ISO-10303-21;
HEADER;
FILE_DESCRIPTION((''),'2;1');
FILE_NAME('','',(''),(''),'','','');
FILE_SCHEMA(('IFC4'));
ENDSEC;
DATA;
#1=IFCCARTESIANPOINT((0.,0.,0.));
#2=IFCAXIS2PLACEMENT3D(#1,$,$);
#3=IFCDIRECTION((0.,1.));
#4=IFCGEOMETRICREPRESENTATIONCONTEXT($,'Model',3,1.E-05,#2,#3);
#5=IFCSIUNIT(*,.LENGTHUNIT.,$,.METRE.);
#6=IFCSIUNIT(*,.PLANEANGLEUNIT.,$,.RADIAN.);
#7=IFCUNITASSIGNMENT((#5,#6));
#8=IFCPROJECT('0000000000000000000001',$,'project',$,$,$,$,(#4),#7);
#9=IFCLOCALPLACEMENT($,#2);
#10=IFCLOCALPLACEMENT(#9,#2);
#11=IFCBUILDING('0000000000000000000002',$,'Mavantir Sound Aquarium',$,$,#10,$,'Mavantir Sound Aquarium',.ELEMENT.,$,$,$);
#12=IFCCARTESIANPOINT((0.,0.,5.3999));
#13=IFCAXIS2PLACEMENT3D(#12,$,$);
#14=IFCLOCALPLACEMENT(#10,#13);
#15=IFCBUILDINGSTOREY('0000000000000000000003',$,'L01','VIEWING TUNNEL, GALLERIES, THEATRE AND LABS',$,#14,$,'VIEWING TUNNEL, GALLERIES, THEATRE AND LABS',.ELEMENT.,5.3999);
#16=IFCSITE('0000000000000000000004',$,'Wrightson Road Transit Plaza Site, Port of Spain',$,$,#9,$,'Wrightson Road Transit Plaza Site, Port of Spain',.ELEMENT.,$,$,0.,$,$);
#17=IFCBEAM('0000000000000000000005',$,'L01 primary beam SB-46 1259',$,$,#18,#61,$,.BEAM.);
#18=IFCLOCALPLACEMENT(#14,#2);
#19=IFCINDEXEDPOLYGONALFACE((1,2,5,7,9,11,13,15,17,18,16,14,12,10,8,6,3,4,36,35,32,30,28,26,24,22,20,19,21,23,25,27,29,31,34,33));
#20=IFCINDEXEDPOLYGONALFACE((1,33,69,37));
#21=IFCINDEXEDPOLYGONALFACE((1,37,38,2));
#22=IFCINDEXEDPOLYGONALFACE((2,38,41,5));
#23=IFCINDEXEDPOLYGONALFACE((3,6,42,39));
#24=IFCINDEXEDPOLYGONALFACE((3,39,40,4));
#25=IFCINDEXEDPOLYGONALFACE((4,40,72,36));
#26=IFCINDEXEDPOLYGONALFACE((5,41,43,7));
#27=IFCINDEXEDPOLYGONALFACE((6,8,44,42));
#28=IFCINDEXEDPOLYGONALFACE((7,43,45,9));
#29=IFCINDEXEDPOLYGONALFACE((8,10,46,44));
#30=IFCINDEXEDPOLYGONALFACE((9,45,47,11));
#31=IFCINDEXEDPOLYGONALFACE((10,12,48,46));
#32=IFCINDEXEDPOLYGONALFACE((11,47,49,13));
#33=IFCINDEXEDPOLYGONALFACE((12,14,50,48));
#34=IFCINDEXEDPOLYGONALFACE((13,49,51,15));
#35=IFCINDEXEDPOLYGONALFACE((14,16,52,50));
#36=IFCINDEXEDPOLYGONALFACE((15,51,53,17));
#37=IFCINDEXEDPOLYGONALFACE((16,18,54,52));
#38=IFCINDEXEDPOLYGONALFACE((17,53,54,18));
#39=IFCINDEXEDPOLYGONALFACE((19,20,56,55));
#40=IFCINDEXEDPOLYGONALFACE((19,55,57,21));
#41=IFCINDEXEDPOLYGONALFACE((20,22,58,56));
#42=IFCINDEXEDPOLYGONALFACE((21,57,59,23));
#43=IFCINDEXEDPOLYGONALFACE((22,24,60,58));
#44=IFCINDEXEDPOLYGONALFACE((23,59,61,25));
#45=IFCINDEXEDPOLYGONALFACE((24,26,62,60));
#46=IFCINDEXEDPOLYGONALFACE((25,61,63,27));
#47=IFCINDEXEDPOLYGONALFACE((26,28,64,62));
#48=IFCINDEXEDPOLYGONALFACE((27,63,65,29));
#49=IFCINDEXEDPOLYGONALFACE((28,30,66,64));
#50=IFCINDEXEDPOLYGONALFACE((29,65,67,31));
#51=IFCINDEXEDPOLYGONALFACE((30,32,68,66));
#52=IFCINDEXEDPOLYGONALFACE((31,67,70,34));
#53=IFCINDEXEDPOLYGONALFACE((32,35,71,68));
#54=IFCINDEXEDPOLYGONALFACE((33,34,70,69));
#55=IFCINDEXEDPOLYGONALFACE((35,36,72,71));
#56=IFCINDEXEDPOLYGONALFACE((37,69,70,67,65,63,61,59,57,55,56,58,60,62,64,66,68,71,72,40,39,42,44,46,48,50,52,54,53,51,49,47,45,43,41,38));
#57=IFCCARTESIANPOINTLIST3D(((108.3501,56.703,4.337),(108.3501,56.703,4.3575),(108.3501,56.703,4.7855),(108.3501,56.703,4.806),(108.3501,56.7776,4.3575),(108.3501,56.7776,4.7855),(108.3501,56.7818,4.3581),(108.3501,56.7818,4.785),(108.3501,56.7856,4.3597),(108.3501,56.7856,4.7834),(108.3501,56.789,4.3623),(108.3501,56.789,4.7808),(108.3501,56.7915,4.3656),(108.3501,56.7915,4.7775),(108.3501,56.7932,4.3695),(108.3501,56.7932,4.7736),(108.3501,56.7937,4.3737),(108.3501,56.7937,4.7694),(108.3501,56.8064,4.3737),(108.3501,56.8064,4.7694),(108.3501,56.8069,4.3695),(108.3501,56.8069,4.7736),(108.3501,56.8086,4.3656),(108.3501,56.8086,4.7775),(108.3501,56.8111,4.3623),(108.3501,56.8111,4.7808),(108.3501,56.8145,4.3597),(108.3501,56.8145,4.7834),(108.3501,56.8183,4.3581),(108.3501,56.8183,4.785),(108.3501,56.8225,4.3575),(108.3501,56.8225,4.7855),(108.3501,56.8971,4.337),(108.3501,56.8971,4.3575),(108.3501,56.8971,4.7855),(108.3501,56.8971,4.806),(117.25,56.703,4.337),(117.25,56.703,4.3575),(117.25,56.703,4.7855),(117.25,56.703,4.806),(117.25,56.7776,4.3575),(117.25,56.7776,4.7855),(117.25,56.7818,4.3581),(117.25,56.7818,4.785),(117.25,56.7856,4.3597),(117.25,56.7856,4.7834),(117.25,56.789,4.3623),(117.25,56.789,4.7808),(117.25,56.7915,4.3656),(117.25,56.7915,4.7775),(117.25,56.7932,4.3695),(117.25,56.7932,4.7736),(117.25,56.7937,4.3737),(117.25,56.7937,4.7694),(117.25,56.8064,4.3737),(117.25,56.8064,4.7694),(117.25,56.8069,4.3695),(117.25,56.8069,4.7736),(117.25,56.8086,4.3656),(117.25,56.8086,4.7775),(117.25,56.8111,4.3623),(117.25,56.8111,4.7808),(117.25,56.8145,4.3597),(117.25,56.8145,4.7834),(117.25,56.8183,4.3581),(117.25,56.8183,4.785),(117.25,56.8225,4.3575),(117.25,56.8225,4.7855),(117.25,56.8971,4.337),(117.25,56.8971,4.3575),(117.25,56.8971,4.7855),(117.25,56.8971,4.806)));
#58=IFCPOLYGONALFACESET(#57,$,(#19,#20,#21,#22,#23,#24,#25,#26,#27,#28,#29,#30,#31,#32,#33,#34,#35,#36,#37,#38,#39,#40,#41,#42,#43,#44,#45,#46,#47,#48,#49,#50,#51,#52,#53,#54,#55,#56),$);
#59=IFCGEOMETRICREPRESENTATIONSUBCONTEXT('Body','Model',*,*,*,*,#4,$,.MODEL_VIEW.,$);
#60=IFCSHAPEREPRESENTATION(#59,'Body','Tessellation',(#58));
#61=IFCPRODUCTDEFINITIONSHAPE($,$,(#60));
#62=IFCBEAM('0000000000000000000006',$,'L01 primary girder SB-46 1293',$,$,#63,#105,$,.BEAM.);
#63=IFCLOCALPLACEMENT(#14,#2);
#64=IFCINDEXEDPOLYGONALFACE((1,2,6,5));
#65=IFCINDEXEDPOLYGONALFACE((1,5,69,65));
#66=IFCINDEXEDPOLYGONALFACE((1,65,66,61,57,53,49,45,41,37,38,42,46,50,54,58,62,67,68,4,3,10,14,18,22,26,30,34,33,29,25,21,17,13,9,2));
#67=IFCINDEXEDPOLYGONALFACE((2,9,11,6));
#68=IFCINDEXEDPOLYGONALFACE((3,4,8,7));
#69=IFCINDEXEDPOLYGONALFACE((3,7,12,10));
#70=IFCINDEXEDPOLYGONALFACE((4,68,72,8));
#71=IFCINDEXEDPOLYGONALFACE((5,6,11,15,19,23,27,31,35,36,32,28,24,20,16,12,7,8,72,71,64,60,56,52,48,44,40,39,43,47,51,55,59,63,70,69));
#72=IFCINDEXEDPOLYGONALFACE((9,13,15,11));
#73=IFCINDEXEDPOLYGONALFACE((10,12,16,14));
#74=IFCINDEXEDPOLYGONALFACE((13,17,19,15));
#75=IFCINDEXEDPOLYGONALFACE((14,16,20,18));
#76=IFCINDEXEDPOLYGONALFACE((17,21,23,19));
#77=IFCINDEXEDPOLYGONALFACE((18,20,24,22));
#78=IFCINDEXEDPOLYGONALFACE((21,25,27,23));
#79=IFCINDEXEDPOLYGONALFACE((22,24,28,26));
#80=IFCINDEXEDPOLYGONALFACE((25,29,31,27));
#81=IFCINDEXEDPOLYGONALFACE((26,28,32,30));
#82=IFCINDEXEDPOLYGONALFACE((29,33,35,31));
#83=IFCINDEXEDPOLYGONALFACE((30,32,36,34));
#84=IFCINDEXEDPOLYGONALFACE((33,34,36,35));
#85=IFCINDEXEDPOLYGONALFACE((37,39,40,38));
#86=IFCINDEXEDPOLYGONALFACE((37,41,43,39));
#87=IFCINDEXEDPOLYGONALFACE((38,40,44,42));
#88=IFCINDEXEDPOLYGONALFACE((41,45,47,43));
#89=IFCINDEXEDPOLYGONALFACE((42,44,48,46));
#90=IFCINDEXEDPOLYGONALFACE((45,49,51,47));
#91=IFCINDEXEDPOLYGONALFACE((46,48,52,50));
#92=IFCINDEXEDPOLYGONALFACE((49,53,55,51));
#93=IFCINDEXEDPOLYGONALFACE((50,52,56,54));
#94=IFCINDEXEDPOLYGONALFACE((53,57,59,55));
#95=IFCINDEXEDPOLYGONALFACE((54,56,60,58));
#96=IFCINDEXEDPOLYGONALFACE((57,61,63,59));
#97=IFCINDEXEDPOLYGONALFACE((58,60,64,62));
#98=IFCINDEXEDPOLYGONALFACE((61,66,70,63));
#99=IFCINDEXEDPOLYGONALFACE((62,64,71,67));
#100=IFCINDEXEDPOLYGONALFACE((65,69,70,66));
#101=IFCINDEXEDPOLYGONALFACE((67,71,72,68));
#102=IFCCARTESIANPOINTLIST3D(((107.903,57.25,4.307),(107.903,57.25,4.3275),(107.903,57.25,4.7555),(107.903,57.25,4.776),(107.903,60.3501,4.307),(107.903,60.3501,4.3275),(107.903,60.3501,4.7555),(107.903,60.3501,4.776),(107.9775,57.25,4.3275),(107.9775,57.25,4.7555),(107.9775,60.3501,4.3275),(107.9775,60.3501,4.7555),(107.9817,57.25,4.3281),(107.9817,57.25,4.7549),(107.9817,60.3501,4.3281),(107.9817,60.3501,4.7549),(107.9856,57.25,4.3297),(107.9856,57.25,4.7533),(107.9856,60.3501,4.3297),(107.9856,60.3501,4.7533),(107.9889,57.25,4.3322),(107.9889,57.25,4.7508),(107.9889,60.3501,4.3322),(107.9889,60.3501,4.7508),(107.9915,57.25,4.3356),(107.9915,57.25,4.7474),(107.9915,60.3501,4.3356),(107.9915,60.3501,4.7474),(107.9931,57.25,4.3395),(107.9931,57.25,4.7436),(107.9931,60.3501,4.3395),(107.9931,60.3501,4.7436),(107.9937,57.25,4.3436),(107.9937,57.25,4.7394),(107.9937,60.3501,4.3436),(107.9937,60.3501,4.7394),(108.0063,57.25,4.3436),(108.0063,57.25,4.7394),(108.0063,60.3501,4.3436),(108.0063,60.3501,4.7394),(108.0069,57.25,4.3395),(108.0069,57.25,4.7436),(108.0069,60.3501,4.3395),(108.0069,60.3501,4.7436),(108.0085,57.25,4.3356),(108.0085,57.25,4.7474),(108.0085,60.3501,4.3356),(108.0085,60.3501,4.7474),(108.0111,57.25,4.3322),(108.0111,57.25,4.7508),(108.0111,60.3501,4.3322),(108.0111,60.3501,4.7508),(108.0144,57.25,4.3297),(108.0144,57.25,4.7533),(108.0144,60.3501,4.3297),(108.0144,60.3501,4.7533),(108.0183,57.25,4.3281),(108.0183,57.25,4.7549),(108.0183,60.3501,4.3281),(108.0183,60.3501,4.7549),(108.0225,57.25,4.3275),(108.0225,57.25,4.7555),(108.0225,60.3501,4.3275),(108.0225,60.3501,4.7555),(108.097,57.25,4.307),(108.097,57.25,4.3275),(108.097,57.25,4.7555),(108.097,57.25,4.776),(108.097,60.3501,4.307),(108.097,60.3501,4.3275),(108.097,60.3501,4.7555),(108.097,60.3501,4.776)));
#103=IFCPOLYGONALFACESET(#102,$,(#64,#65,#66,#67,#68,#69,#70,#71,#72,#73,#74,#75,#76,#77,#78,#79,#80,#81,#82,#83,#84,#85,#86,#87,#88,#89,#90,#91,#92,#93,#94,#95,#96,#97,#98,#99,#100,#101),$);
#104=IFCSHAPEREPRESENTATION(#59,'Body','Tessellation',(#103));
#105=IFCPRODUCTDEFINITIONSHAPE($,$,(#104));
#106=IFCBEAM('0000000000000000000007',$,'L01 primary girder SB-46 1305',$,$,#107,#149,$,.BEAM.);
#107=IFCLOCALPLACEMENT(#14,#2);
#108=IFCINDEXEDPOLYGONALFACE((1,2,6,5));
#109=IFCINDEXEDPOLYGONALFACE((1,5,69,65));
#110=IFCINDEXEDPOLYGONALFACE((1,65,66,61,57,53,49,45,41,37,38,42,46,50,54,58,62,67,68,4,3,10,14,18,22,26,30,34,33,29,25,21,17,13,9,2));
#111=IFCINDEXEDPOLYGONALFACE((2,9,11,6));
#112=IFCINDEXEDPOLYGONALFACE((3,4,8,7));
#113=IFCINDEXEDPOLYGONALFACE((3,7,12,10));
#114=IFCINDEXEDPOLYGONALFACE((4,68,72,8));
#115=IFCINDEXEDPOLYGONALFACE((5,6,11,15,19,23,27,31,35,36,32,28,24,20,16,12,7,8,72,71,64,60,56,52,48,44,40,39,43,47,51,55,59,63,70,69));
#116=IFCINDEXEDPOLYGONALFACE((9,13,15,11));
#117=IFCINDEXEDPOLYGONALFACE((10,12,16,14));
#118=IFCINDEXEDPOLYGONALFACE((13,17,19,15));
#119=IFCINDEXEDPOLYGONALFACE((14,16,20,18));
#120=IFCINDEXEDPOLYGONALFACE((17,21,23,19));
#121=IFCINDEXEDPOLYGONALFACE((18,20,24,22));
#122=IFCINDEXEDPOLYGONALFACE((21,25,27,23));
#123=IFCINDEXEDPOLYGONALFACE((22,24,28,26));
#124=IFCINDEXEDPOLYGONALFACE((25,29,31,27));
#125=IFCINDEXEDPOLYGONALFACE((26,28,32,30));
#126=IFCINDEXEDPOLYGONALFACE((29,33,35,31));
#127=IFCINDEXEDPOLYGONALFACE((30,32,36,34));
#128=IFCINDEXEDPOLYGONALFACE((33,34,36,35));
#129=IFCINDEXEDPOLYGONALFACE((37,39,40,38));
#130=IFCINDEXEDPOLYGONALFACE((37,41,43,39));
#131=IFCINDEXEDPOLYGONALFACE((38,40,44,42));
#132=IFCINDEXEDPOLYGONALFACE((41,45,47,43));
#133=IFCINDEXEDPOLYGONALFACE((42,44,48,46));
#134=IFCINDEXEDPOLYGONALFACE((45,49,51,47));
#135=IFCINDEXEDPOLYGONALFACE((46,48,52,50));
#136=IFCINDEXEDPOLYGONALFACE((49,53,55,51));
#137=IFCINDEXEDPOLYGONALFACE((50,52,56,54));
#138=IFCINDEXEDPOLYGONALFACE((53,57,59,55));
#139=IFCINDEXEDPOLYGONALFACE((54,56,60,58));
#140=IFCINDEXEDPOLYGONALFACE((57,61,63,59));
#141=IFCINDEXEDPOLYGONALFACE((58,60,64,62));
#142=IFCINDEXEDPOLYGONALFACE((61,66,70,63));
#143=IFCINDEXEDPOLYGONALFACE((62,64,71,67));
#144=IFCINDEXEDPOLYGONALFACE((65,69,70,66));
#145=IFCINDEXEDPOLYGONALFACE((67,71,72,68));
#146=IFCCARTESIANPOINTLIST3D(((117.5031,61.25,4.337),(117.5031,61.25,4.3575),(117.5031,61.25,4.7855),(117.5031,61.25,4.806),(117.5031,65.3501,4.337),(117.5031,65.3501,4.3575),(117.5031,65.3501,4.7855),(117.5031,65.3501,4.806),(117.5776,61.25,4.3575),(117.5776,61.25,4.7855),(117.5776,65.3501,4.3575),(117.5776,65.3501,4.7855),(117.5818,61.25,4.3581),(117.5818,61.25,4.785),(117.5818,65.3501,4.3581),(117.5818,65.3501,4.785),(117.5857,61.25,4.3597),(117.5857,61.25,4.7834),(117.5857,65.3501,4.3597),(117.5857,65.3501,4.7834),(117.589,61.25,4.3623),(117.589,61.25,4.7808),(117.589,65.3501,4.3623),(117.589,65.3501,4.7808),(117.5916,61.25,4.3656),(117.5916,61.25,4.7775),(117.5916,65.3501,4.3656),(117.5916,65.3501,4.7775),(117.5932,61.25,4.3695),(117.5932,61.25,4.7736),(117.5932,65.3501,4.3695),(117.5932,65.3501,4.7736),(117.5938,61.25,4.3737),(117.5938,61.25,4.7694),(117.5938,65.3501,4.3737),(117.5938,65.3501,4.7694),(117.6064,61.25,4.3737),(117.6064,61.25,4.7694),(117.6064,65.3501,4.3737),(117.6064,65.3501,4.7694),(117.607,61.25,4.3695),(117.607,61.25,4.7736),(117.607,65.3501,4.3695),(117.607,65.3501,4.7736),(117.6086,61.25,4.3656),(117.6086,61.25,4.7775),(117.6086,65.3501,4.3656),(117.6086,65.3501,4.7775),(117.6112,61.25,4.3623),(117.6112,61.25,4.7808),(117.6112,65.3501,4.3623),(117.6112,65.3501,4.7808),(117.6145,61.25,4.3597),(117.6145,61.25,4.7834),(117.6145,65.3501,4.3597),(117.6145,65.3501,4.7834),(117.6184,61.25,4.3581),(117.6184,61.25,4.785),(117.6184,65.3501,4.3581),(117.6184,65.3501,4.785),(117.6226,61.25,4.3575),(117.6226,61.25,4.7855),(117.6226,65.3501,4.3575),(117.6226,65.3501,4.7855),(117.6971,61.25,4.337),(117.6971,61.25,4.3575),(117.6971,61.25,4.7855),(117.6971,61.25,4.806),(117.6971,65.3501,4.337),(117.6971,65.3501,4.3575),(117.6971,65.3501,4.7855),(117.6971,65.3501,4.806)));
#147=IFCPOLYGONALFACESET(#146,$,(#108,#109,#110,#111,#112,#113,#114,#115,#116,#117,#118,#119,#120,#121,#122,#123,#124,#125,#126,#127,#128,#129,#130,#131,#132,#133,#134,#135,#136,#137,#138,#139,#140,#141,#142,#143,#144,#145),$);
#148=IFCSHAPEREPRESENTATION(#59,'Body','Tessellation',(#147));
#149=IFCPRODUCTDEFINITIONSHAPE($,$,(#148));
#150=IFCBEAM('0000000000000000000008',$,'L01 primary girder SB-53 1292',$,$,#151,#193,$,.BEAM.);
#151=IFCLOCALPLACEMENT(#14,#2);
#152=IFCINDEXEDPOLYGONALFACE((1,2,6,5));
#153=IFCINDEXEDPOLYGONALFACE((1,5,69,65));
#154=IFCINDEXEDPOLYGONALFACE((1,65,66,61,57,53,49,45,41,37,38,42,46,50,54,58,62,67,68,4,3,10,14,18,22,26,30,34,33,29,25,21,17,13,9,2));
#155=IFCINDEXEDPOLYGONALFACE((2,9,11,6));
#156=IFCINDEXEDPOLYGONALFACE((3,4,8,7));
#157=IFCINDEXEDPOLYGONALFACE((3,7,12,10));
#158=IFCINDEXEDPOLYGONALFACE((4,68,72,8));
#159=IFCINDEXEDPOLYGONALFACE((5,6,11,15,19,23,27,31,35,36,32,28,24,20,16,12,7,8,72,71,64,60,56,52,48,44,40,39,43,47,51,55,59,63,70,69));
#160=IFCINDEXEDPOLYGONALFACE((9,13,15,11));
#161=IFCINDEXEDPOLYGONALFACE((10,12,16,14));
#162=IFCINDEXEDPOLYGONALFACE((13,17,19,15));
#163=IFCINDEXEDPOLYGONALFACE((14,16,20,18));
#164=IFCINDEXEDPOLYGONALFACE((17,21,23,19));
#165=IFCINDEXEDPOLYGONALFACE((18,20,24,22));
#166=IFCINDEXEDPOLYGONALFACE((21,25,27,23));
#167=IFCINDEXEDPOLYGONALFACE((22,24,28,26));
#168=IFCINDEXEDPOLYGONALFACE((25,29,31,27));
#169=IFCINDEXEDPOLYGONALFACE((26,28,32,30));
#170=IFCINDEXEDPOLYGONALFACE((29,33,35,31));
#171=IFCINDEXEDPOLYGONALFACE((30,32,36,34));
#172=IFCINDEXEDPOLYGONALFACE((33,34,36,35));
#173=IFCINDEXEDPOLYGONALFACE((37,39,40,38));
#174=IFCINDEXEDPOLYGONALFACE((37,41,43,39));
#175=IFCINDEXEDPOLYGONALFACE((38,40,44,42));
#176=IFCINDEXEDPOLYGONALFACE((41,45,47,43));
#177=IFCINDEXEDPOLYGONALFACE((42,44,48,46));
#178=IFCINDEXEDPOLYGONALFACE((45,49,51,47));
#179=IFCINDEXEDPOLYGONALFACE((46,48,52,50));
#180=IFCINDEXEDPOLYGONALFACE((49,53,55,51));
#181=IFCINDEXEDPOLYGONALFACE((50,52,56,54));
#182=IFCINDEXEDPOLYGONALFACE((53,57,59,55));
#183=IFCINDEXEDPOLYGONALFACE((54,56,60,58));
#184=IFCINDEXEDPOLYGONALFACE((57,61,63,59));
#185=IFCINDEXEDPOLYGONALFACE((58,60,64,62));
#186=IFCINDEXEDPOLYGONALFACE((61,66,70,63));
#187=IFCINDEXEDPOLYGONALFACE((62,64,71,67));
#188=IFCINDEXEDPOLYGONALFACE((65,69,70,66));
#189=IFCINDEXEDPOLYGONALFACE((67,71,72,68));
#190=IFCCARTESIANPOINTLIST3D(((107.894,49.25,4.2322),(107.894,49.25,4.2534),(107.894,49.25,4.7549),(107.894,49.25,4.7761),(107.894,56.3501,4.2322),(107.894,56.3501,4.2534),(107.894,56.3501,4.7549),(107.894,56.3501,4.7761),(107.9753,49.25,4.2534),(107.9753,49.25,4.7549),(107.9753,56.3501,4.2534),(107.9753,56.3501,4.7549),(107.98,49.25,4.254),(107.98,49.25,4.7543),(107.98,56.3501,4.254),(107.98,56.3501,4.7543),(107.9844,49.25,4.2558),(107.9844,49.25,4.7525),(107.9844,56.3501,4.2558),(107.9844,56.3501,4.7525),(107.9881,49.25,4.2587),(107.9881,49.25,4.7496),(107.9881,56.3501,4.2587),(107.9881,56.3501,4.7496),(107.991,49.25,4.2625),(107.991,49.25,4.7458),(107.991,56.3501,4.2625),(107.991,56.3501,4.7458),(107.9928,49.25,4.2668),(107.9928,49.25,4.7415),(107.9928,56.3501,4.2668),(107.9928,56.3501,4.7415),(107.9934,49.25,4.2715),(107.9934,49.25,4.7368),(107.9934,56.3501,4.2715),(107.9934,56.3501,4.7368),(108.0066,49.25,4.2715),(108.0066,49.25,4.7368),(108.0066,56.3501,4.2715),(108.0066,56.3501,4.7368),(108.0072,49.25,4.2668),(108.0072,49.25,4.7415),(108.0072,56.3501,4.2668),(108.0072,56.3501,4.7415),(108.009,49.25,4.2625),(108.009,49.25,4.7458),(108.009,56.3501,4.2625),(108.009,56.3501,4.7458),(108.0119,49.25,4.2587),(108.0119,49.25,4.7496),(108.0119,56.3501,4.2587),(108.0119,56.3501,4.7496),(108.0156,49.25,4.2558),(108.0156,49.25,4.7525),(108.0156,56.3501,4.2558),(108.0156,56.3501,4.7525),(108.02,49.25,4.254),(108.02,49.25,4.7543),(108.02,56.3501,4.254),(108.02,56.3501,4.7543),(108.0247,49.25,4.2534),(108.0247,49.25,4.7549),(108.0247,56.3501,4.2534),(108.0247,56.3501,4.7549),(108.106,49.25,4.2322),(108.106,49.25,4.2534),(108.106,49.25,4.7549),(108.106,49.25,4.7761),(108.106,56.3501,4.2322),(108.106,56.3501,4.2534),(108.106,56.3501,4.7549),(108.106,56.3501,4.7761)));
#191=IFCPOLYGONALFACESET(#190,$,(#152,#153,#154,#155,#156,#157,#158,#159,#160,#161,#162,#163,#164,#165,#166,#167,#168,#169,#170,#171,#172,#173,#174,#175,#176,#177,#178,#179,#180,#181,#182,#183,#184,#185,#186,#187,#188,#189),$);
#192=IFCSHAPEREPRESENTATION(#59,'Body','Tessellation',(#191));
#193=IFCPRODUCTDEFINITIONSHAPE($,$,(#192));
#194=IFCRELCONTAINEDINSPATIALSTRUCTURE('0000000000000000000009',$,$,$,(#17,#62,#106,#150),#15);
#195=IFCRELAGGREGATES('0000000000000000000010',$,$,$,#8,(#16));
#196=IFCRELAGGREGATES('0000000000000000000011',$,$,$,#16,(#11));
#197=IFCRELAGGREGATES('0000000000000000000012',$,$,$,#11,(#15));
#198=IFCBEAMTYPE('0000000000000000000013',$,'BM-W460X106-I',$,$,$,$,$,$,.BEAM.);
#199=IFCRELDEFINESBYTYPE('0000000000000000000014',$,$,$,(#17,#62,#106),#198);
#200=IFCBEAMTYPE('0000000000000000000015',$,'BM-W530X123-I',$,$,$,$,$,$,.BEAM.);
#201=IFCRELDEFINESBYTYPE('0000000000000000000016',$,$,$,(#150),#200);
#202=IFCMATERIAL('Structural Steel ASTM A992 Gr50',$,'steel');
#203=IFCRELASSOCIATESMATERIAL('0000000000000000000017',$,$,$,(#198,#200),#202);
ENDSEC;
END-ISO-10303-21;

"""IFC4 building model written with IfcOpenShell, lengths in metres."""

from ifc_helpers import new_model, si_unit, direction, frame, origin, origin_2d, place, context, subcontext, project, spatial, i_section, extrude, material, material_profile, profile_set, type_object, element, save


model = new_model("IFC4")

# Units and contexts
model_context = context("Model", 3, precision=1e-05, world=origin(), true_north=direction((0.0, 1.0)))
body_context = subcontext(model_context, "Body", "Model", "MODEL_VIEW")
ifc_project = project(units=[si_unit("LENGTHUNIT", "METRE"), si_unit("PLANEANGLEUNIT", "RADIAN")], contexts=[model_context])

# Site, building, storey
site_placement = place(None, origin())
site = spatial("IfcSite", under=ifc_project, at=site_placement, Name="Wrightson Road Transit Plaza Site, Port of Spain", LongName="Wrightson Road Transit Plaza Site, Port of Spain", CompositionType="ELEMENT", RefElevation=0.0)
building_placement = place(site_placement, origin())
building = spatial("IfcBuilding", under=site, at=building_placement, Name="Mavantir Sound Aquarium", LongName="Mavantir Sound Aquarium", CompositionType="ELEMENT")
storey_placement = place(building_placement, frame((0.0, 0.0, 5.3999)))
storey = spatial("IfcBuildingStorey", under=building, at=storey_placement, Name="L01", Description="VIEWING TUNNEL, GALLERIES, THEATRE AND LABS", LongName="VIEWING TUNNEL, GALLERIES, THEATRE AND LABS", CompositionType="ELEMENT", Elevation=5.3999)

# Beams
ifc_material_1 = material(Name="Structural Steel ASTM A992 Gr50", Category="steel")
ifc_material_profile_1 = material_profile(ifc_material_1, i_section(OverallWidth=0.1941, OverallDepth=0.469, WebThickness=0.0127, FlangeThickness=0.0205, FilletRadius=0.0161, at=origin_2d()), Name="W460X106")
ifc_profile_set_1 = profile_set([ifc_material_profile_1], Name="Structural Steel ASTM A992 Gr50")
beam_type_1 = type_object("IfcBeamType", Name="BM-W460X106-I", PredefinedType="BEAM", material=ifc_profile_set_1)
beam_1_placement = place(storey_placement, frame((108.3501, 56.8, 4.5715), z_axis=(1.0, 0.0, 0.0), x_axis=(0.0, 1.0, 0.0)))
element("IfcBeam", 1, at=beam_1_placement, inside=storey, type_object=beam_type_1, Name="L01 primary beam SB-46 1259", PredefinedType="BEAM", context=body_context, shape_type="SweptSolid", body=[
    extrude(i_section(OverallWidth=0.1941, OverallDepth=0.469, WebThickness=0.0127, FlangeThickness=0.0205, FilletRadius=0.0161, at=origin_2d()), origin(), (0.0, 0.0, 1.0), 8.8999),
])
beam_2_placement = place(storey_placement, frame((108.0, 57.25, 4.5415), z_axis=(0.0, 1.0, 0.0), x_axis=(-1.0, 0.0, 0.0)))
element("IfcBeam", 2, at=beam_2_placement, inside=storey, type_object=beam_type_1, Name="L01 primary girder SB-46 1293", PredefinedType="BEAM", context=body_context, shape_type="SweptSolid", body=[
    extrude(i_section(OverallWidth=0.1941, OverallDepth=0.469, WebThickness=0.0127, FlangeThickness=0.0205, FilletRadius=0.0161, at=origin_2d()), origin(), (0.0, 0.0, 1.0), 3.1001),
])
beam_3_placement = place(storey_placement, frame((117.6001, 61.25, 4.5715), z_axis=(0.0, 1.0, 0.0), x_axis=(-1.0, 0.0, 0.0)))
element("IfcBeam", 3, at=beam_3_placement, inside=storey, type_object=beam_type_1, Name="L01 primary girder SB-46 1305", PredefinedType="BEAM", context=body_context, shape_type="SweptSolid", body=[
    extrude(i_section(OverallWidth=0.1941, OverallDepth=0.469, WebThickness=0.0127, FlangeThickness=0.0205, FilletRadius=0.0161, at=origin_2d()), origin(), (0.0, 0.0, 1.0), 4.1001),
])
ifc_material_profile_2 = material_profile(ifc_material_1, i_section(OverallWidth=0.2119, OverallDepth=0.5439, WebThickness=0.0132, FlangeThickness=0.0212, FilletRadius=0.0181, at=origin_2d()), Name="W530X123")
ifc_profile_set_2 = profile_set([ifc_material_profile_2], Name="Structural Steel ASTM A992 Gr50")
beam_type_2 = type_object("IfcBeamType", Name="BM-W530X123-I", PredefinedType="BEAM", material=ifc_profile_set_2)
beam_4_placement = place(storey_placement, frame((108.0, 49.25, 4.5042), z_axis=(0.0, 1.0, 0.0), x_axis=(-1.0, 0.0, 0.0)))
element("IfcBeam", 4, at=beam_4_placement, inside=storey, type_object=beam_type_2, Name="L01 primary girder SB-53 1292", PredefinedType="BEAM", context=body_context, shape_type="SweptSolid", body=[
    extrude(i_section(OverallWidth=0.2119, OverallDepth=0.5439, WebThickness=0.0132, FlangeThickness=0.0212, FilletRadius=0.0181, at=origin_2d()), origin(), (0.0, 0.0, 1.0), 7.1001),
])

save(model, "model.ifc")
